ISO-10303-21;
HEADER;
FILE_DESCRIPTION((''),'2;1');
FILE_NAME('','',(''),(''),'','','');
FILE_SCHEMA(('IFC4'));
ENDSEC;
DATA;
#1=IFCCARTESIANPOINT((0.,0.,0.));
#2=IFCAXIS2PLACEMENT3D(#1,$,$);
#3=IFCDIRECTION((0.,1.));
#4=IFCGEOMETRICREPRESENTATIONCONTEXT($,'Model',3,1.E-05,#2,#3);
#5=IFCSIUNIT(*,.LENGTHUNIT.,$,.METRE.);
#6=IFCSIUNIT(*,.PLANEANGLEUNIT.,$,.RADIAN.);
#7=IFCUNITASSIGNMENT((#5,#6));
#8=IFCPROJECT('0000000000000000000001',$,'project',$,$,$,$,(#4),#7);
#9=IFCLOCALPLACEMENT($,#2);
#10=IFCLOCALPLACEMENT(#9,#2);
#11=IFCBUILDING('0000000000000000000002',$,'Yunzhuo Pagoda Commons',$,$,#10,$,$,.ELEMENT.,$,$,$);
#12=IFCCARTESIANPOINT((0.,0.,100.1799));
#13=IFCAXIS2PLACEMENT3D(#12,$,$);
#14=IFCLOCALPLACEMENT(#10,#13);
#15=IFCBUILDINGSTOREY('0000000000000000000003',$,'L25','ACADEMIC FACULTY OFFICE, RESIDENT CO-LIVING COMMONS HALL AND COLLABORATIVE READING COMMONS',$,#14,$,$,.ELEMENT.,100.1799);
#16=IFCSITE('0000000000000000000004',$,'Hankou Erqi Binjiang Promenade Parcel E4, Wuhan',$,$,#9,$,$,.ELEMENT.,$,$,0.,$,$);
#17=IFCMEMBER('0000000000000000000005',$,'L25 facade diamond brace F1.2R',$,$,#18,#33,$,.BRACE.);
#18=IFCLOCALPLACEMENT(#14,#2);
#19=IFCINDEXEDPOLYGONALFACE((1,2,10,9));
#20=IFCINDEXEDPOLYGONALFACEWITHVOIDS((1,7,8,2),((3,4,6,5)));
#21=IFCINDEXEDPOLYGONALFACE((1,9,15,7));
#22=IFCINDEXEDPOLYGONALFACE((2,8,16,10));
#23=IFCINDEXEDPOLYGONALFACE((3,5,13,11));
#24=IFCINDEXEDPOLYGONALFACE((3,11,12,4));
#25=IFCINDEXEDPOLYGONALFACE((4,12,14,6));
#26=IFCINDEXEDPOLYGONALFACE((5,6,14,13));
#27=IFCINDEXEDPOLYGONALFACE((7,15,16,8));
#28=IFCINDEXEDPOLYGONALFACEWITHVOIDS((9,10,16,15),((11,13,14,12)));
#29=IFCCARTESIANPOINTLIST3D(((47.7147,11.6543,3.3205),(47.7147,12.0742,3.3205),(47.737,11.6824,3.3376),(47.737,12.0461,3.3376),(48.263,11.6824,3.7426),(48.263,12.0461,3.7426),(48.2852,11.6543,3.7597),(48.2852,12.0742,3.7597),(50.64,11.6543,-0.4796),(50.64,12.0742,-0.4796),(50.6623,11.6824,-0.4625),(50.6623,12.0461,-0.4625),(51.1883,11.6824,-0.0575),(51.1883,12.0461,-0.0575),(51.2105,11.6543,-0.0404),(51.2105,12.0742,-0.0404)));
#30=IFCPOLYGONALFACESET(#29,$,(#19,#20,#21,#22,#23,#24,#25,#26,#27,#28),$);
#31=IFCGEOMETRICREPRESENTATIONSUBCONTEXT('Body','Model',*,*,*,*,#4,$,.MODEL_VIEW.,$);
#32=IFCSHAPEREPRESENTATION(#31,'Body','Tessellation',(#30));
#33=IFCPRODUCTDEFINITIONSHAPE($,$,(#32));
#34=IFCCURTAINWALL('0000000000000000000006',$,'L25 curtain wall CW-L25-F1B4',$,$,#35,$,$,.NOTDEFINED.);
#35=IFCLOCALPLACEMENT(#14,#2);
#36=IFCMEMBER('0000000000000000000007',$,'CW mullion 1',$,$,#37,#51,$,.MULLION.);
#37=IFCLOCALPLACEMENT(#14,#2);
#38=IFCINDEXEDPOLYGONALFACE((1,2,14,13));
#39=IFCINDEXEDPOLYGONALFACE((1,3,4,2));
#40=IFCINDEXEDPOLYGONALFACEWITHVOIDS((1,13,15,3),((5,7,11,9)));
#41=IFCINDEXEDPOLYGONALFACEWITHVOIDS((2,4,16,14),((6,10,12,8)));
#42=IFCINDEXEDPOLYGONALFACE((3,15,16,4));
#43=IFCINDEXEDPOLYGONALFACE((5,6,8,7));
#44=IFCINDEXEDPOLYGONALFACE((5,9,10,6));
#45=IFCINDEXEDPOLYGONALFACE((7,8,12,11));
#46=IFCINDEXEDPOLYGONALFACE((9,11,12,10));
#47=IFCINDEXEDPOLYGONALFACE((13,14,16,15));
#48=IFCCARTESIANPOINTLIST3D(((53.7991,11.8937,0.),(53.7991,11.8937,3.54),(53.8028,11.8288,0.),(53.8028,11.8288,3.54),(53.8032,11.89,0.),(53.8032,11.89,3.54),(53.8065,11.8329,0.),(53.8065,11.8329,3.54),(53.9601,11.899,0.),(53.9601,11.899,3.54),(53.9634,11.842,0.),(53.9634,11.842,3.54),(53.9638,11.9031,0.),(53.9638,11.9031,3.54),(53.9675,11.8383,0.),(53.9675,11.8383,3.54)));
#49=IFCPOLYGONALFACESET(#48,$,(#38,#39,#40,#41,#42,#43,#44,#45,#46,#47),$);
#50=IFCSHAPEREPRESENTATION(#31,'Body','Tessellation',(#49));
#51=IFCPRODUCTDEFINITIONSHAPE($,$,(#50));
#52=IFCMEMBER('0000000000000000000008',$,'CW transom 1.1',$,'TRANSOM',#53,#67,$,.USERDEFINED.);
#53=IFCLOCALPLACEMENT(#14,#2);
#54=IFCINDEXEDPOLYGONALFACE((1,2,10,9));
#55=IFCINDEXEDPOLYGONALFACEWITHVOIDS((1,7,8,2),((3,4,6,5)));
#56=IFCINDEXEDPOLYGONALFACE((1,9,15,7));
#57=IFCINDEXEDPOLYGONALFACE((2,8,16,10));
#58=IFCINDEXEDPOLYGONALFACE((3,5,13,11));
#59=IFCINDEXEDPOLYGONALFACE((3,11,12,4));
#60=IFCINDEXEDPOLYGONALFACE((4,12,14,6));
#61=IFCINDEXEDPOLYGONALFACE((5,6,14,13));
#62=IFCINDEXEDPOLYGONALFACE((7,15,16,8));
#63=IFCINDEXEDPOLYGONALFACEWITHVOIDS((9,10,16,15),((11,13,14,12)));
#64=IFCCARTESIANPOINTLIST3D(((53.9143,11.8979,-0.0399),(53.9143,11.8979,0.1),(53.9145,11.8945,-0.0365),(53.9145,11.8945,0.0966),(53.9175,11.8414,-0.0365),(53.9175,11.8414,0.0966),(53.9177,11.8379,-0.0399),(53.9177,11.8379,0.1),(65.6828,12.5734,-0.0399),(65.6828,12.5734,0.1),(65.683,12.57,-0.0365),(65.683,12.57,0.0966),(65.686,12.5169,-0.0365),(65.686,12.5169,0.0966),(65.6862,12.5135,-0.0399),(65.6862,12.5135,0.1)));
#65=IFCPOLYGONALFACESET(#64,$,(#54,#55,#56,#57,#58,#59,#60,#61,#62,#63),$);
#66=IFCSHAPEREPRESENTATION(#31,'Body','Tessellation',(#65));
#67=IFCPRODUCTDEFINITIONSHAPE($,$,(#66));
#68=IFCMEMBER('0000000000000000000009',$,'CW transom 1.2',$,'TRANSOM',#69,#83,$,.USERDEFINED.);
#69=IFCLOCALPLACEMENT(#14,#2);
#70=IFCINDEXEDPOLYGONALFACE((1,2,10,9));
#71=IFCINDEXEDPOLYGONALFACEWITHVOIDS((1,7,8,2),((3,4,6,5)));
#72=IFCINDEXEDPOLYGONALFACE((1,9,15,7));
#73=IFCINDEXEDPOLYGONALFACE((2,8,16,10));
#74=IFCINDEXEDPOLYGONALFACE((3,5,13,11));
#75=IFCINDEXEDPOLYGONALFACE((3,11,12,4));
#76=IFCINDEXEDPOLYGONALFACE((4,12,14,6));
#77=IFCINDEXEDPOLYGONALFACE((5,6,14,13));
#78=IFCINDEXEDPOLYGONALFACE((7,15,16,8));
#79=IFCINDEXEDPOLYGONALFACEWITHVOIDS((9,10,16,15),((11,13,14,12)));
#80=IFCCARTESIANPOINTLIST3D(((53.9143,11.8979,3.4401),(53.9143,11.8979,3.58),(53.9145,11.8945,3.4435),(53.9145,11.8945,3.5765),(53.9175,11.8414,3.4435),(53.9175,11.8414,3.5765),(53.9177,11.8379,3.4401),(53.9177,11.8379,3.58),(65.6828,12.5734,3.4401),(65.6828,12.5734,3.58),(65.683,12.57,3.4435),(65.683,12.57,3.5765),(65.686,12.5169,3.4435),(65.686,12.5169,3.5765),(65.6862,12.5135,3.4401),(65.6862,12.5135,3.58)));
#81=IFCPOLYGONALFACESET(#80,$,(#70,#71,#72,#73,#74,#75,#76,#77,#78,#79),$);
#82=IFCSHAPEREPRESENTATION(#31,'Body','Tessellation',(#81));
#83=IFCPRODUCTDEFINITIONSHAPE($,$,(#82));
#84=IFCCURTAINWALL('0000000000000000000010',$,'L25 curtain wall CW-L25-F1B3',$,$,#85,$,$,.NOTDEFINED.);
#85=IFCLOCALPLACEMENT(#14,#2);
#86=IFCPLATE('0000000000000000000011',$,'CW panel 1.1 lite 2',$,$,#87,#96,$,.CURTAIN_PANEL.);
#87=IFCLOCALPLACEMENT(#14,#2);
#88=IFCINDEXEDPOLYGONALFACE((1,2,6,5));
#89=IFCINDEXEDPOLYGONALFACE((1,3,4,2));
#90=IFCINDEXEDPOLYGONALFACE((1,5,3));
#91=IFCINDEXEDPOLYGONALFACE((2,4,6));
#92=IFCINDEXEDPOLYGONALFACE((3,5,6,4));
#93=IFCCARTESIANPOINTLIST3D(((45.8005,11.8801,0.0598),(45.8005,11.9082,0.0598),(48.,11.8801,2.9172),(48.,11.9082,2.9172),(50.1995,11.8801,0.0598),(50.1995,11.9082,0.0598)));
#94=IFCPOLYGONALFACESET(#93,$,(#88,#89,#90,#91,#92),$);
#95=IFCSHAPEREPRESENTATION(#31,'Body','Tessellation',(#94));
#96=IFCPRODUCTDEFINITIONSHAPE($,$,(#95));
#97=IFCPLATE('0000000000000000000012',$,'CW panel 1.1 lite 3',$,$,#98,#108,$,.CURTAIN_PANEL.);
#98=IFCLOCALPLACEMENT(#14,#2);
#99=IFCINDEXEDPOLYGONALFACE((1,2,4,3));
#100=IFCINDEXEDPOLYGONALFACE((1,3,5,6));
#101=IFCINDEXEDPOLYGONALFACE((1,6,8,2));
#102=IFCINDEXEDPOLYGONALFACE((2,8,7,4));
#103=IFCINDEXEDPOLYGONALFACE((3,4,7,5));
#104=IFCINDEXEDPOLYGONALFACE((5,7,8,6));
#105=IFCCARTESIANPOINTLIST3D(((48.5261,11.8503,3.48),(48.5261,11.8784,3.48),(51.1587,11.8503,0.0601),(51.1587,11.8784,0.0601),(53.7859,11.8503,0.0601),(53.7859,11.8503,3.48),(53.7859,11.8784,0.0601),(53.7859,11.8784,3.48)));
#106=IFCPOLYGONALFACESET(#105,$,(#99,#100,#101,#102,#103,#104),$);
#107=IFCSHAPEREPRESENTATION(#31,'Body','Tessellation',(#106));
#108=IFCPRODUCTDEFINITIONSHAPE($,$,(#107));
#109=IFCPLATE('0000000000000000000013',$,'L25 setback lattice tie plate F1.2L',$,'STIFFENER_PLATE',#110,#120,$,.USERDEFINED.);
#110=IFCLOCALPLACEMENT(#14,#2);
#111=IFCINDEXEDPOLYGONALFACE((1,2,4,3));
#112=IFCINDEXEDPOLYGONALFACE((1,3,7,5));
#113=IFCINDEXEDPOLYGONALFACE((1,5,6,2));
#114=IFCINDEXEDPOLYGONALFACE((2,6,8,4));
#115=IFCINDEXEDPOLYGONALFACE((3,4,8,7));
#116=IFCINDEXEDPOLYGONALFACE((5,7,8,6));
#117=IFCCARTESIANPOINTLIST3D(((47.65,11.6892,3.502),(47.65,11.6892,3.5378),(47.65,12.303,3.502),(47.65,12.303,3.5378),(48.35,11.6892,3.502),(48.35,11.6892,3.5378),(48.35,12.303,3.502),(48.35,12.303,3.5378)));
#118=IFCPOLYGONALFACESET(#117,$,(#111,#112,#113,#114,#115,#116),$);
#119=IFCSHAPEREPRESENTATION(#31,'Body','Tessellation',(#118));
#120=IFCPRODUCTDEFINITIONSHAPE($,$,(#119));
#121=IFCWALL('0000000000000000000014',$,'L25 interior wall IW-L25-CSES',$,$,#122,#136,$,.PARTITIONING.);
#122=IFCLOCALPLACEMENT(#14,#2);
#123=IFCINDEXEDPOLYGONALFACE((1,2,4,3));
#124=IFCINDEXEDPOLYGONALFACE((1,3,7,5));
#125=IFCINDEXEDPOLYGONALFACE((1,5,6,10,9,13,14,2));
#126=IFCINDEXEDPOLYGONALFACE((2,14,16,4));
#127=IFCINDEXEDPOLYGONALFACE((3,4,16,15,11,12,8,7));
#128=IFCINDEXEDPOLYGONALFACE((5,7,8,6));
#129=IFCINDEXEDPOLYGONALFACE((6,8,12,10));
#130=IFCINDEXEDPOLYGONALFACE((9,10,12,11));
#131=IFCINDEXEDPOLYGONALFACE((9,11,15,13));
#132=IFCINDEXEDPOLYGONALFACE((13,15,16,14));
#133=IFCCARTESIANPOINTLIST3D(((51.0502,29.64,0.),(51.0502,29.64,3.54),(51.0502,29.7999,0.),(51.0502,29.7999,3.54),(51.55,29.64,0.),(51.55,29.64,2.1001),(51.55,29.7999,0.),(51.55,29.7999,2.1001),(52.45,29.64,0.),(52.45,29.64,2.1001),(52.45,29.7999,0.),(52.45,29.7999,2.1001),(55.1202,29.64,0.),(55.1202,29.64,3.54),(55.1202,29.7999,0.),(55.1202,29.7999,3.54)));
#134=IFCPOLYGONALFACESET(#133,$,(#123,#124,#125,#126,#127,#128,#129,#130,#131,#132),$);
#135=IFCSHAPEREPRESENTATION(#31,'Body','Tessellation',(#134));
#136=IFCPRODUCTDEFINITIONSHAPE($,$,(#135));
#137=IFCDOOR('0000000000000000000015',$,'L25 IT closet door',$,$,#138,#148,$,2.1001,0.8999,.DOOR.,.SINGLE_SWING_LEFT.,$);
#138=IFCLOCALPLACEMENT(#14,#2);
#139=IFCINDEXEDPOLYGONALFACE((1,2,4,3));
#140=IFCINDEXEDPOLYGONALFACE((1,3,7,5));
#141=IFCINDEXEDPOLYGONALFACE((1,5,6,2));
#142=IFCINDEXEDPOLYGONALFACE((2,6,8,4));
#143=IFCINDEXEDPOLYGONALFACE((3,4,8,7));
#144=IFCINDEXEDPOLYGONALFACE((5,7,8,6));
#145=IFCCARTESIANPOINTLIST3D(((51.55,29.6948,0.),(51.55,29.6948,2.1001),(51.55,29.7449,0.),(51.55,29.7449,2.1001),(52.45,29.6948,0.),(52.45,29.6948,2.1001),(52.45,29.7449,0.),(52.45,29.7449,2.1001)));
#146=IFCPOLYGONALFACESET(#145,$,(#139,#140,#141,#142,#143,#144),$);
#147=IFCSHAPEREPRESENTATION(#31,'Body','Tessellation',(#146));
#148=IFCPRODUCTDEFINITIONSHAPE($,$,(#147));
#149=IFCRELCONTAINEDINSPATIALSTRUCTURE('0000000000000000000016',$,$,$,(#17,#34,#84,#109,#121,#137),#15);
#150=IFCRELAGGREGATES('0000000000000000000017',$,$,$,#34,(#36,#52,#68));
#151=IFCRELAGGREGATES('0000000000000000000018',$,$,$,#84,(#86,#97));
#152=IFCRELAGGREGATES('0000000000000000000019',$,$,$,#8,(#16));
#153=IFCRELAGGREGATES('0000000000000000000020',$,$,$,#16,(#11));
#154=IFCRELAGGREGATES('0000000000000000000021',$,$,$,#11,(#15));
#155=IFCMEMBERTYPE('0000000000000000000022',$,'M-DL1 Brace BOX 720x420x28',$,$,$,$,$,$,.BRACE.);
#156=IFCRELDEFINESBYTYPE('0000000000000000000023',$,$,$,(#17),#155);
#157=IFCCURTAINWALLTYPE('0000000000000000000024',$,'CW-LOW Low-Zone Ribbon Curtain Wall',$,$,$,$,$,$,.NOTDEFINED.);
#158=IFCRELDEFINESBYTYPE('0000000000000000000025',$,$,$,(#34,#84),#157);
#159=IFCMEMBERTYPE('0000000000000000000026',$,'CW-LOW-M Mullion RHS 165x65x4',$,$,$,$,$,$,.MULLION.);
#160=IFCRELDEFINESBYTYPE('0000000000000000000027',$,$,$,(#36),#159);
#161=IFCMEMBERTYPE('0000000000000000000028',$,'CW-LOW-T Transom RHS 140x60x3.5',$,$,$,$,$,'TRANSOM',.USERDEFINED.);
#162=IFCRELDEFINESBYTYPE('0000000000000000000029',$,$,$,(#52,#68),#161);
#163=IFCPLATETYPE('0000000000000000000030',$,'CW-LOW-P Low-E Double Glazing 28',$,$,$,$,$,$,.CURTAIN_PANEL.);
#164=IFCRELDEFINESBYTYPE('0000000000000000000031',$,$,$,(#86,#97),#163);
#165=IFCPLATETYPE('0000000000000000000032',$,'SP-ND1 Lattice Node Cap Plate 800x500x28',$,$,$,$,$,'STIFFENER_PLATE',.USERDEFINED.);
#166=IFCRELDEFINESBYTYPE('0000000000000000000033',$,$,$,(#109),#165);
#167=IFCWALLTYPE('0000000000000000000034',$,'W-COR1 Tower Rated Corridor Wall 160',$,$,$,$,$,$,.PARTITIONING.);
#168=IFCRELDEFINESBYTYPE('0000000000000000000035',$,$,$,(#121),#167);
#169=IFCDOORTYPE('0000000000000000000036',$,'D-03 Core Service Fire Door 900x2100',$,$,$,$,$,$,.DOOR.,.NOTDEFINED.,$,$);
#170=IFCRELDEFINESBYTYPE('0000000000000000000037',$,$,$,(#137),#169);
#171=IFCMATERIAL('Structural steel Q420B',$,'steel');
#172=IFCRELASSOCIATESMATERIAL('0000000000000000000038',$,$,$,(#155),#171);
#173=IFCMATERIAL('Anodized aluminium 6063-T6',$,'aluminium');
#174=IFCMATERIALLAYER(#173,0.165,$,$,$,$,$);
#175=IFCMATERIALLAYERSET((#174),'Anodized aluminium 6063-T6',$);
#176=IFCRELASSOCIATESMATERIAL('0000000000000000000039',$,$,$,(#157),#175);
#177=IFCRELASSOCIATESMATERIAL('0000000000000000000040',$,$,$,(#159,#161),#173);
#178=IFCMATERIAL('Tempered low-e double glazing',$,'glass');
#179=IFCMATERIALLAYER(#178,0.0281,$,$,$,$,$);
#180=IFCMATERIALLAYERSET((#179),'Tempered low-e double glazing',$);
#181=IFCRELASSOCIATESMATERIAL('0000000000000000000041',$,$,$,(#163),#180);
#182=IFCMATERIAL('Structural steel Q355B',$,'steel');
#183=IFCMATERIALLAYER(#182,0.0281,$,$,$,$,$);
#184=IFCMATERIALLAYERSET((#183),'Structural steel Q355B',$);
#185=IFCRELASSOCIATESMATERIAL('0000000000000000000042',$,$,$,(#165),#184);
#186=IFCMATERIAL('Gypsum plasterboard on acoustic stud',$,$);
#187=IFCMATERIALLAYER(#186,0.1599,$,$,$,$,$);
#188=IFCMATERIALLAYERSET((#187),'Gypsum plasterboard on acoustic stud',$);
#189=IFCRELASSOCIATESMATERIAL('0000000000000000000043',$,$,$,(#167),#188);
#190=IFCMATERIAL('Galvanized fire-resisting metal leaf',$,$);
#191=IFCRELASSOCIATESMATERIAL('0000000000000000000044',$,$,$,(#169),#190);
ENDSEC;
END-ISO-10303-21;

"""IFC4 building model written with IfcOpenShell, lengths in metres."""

from ifc_helpers import new_model, si_unit, direction, frame, frame_2d, origin, origin_with_axes, origin_2d, place, context, subcontext, project, spatial, polyline, rectangle, hollow_rectangle, outline, extrude, source, transform, mapped, material, layer, layer_set, material_profile, profile_set, type_object, element, fill, aggregate, save


model = new_model("IFC4")

# Units and contexts
model_context = context("Model", 3, precision=1e-05, world=origin(), true_north=direction((0.0, 1.0)))
body_context = subcontext(model_context, "Body", "Model", "MODEL_VIEW")
ifc_project = project(units=[si_unit("LENGTHUNIT", "METRE"), si_unit("PLANEANGLEUNIT", "RADIAN")], contexts=[model_context])

# Site, building, storey
site_placement = place(None, origin())
site = spatial("IfcSite", under=ifc_project, at=site_placement, Name="Hankou Erqi Binjiang Promenade Parcel E4, Wuhan", CompositionType="ELEMENT", RefElevation=0.0)
building_placement = place(site_placement, origin())
building = spatial("IfcBuilding", under=site, at=building_placement, Name="Yunzhuo Pagoda Commons", CompositionType="ELEMENT")
storey_placement = place(building_placement, frame((0.0, 0.0, 100.1799)))
storey = spatial("IfcBuildingStorey", under=building, at=storey_placement, Name="L25", Description="ACADEMIC FACULTY OFFICE, RESIDENT CO-LIVING COMMONS HALL AND COLLABORATIVE READING COMMONS", CompositionType="ELEMENT", Elevation=100.1799)

# Shared definitions
ifc_material_1 = material(Name="Structural steel Q420B", Category="steel")

# Shared definitions
ifc_material_2 = material(Name="Structural steel Q355B", Category="steel")

# Member
ifc_material_profile_1 = material_profile(ifc_material_1, hollow_rectangle(XDim=0.4199, YDim=0.72, WallThickness=0.0281, at=origin_2d()), Name="Structural steel Q420B")
ifc_profile_set_1 = profile_set([ifc_material_profile_1], Name="Structural steel Q420B")
member_type_1 = type_object("IfcMemberType", Name="M-DL1 Brace BOX 720x420x28", PredefinedType="BRACE", material=ifc_profile_set_1)
shared_shape_1 = source(origin(), body_context, "Body", "SweptSolid", [
    extrude(hollow_rectangle(XDim=0.4199, YDim=0.72, WallThickness=0.0281, at=origin_2d()), origin(), (0.0, 0.0, 1.0), 4.7957),
])
member_1_placement = place(storey_placement, frame((50.9253, 11.8643, -0.26), z_axis=(-0.609996, 0.0, 0.792404), x_axis=(0.0, -1.0, 0.0)))
element("IfcMember", 1, at=member_1_placement, inside=storey, type_object=member_type_1, Name="L25 facade diamond brace F1.2R", PredefinedType="BRACE", context=body_context, shape_type="MappedRepresentation", body=[
    mapped(shared_shape_1, transform((0.0, 0.0, 0.0), scale=1.0)),
])

# Curtain wall, members
ifc_material_3 = material(Name="Anodized aluminium 6063-T6", Category="aluminium")
ifc_layer_1 = layer(ifc_material_3, 0.165)
ifc_layer_set_1 = layer_set([ifc_layer_1], Name="Anodized aluminium 6063-T6")
curtain_wall_type = type_object("IfcCurtainWallType", Name="CW-LOW Low-Zone Ribbon Curtain Wall", PredefinedType="NOTDEFINED", material=ifc_layer_set_1)
curtain_wall_1_placement = place(storey_placement, origin())
curtain_wall_1 = element("IfcCurtainWall", 2, at=curtain_wall_1_placement, inside=storey, type_object=curtain_wall_type, Name="L25 curtain wall CW-L25-F1B4", PredefinedType="NOTDEFINED")
ifc_material_profile_2 = material_profile(ifc_material_3, hollow_rectangle(XDim=0.0649, YDim=0.165, WallThickness=0.0039, at=origin_2d()), Name="Anodized aluminium 6063-T6")
ifc_profile_set_2 = profile_set([ifc_material_profile_2], Name="Anodized aluminium 6063-T6")
member_type_2 = type_object("IfcMemberType", Name="CW-LOW-M Mullion RHS 165x65x4", PredefinedType="MULLION", material=ifc_profile_set_2)
shared_shape_2 = source(origin(), body_context, "Body", "SweptSolid", [
    extrude(hollow_rectangle(XDim=0.0649, YDim=0.165, WallThickness=0.0039, at=origin_2d()), origin(), (0.0, 0.0, 1.0), 3.54),
])
member_2_placement = place(storey_placement, frame((53.8833, 11.866, 0.0), z_axis=(0.0, 0.0, 1.0), x_axis=(-0.057299, 0.998357, 0.0)))
member_2 = element("IfcMember", 3, at=member_2_placement, type_object=member_type_2, Name="CW mullion 1", PredefinedType="MULLION", context=body_context, shape_type="MappedRepresentation", body=[
    mapped(shared_shape_2, transform((0.0, 0.0, 0.0), scale=1.0)),
])
ifc_material_profile_3 = material_profile(ifc_material_3, hollow_rectangle(XDim=0.0601, YDim=0.1399, WallThickness=0.0034, at=origin_2d()), Name="Anodized aluminium 6063-T6")
ifc_profile_set_3 = profile_set([ifc_material_profile_3], Name="Anodized aluminium 6063-T6")
member_type_3 = type_object("IfcMemberType", Name="CW-LOW-T Transom RHS 140x60x3.5", ElementType="TRANSOM", PredefinedType="USERDEFINED", material=ifc_profile_set_3)
shared_shape_3 = source(origin(), body_context, "Body", "SweptSolid", [
    extrude(hollow_rectangle(XDim=0.0601, YDim=0.1399, WallThickness=0.0034, at=origin_2d()), origin(), (0.0, 0.0, 1.0), 11.7878),
])
member_3_placement = place(storey_placement, frame((53.916, 11.8679, 0.03), z_axis=(0.998357, 0.057308, 0.0), x_axis=(-0.057308, 0.998357, 0.0)))
member_3 = element("IfcMember", 4, at=member_3_placement, type_object=member_type_3, Name="CW transom 1.1", ObjectType="TRANSOM", PredefinedType="USERDEFINED", context=body_context, shape_type="MappedRepresentation", body=[
    mapped(shared_shape_3, transform((0.0, 0.0, 0.0), scale=1.0)),
])
member_4_placement = place(storey_placement, frame((53.916, 11.8679, 3.51), z_axis=(0.998357, 0.057308, 0.0), x_axis=(-0.057308, 0.998357, 0.0)))
member_4 = element("IfcMember", 5, at=member_4_placement, type_object=member_type_3, Name="CW transom 1.2", ObjectType="TRANSOM", PredefinedType="USERDEFINED", context=body_context, shape_type="MappedRepresentation", body=[
    mapped(shared_shape_3, transform((0.0, 0.0, 0.0), scale=1.0)),
])
aggregate(curtain_wall_1, [member_2, member_3, member_4])

# Curtain wall, plates
curtain_wall_2_placement = place(storey_placement, origin())
curtain_wall_2 = element("IfcCurtainWall", 6, at=curtain_wall_2_placement, inside=storey, type_object=curtain_wall_type, Name="L25 curtain wall CW-L25-F1B3", PredefinedType="NOTDEFINED")
ifc_material_4 = material(Name="Tempered low-e double glazing", Category="glass")
ifc_layer_2 = layer(ifc_material_4, 0.0281)
ifc_layer_set_2 = layer_set([ifc_layer_2], Name="Tempered low-e double glazing")
plate_type_1 = type_object("IfcPlateType", Name="CW-LOW-P Low-E Double Glazing 28", PredefinedType="CURTAIN_PANEL", material=ifc_layer_set_2)
plate_1_placement = place(storey_placement, frame((48.0, 11.9082, 1.4885), z_axis=(0.0, -1.0, 0.0), x_axis=(1.0, 0.0, 0.0)))
plate_1 = element("IfcPlate", 7, at=plate_1_placement, type_object=plate_type_1, Name="CW panel 1.1 lite 2", PredefinedType="CURTAIN_PANEL", context=body_context, shape_type="SweptSolid", body=[
    extrude(outline(polyline([(-2.1995, -1.4287), (2.1995, -1.4287), (0.0, 1.4287), (-2.1995, -1.4287)])), origin(), (0.0, 0.0, 1.0), 0.0281),
])
plate_2_placement = place(storey_placement, frame((51.156, 11.8784, 1.77), z_axis=(0.0, -1.0, 0.0), x_axis=(1.0, 0.0, 0.0)))
plate_2 = element("IfcPlate", 8, at=plate_2_placement, type_object=plate_type_1, Name="CW panel 1.1 lite 3", PredefinedType="CURTAIN_PANEL", context=body_context, shape_type="SweptSolid", body=[
    extrude(outline(polyline([(-2.6299, 1.71), (0.0027, -1.71), (2.6299, -1.71), (2.6299, 1.71), (-2.6299, 1.71)])), origin(), (0.0, 0.0, 1.0), 0.0281),
])
aggregate(curtain_wall_2, [plate_1, plate_2])

# Plate
ifc_layer_3 = layer(ifc_material_2, 0.0281)
ifc_layer_set_3 = layer_set([ifc_layer_3], Name="Structural steel Q355B")
plate_type_2 = type_object("IfcPlateType", Name="SP-ND1 Lattice Node Cap Plate 800x500x28", ElementType="STIFFENER_PLATE", PredefinedType="USERDEFINED", material=ifc_layer_set_3)
shared_shape_4 = source(origin(), body_context, "Body", "SweptSolid", [
    extrude(rectangle(XDim=0.7, YDim=0.6138, at=origin_2d()), origin(), (0.0, 0.0, 1.0), 0.0359),
])
plate_3_placement = place(storey_placement, frame((48.0, 11.9961, 3.502), z_axis=(0.0, 0.0, 1.0), x_axis=(1.0, 0.0, 0.0)))
element("IfcPlate", 9, at=plate_3_placement, inside=storey, type_object=plate_type_2, Name="L25 setback lattice tie plate F1.2L", ObjectType="STIFFENER_PLATE", PredefinedType="USERDEFINED", context=body_context, shape_type="MappedRepresentation", body=[
    mapped(shared_shape_4, transform((0.0, 0.0, 0.0), scale=1.0)),
])

# Wall, opening, door
ifc_material_5 = material(Name="Gypsum plasterboard on acoustic stud")
ifc_layer_4 = layer(ifc_material_5, 0.1599)
ifc_layer_set_4 = layer_set([ifc_layer_4], Name="Gypsum plasterboard on acoustic stud")
wall_type_1 = type_object("IfcWallType", Name="W-COR1 Tower Rated Corridor Wall 160", PredefinedType="PARTITIONING", material=ifc_layer_set_4)
wall_1_placement = place(storey_placement, frame((51.05, 29.72, 0.0), z_axis=(0.0, 0.0, 1.0), x_axis=(1.0, 0.0, 0.0)))
wall_1 = element("IfcWall", 10, at=wall_1_placement, inside=storey, type_object=wall_type_1, Name="L25 interior wall IW-L25-CSES", PredefinedType="PARTITIONING", context=body_context, shape_type="SweptSolid", body=[
    extrude(rectangle(XDim=4.0701, YDim=0.1599, at=frame_2d((2.0352, 0.0))), origin(), (0.0, 0.0, 1.0), 3.54),
])
opening_1_placement = place(wall_1_placement, frame((0.5, 0.0, 0.0)))
opening_1 = element("IfcOpeningElement", 11, at=opening_1_placement, cuts=wall_1, PredefinedType="OPENING", context=body_context, shape_type="SweptSolid", body=[
    extrude(rectangle(XDim=0.8999, YDim=2.1001, at=frame_2d((0.45, 1.05))), frame((0.0, 0.0898, 0.0), z_axis=(0.0, -1.0, 0.0), x_axis=(1.0, 0.0, 0.0)), (0.0, 0.0, 1.0), 0.1799),
])
ifc_material_6 = material(Name="Galvanized fire-resisting metal leaf")
door_type_1 = type_object("IfcDoorType", Name="D-03 Core Service Fire Door 900x2100", OperationType="NOTDEFINED", PredefinedType="DOOR", material=ifc_material_6)
shared_shape_5 = source(origin(), body_context, "Body", "SweptSolid", [
    extrude(rectangle(XDim=0.8999, YDim=2.1001, at=frame_2d((0.45, 1.05))), frame((0.0, 0.0249, 0.0), z_axis=(0.0, -1.0, 0.0), x_axis=(1.0, 0.0, 0.0)), (0.0, 0.0, 1.0), 0.05),
])
door_1_placement = place(opening_1_placement, origin_with_axes())
door_1 = element("IfcDoor", 12, at=door_1_placement, inside=storey, type_object=door_type_1, Name="L25 IT closet door", OperationType="SINGLE_SWING_LEFT", OverallHeight=2.1001, OverallWidth=0.8999, PredefinedType="DOOR", context=body_context, shape_type="MappedRepresentation", body=[
    mapped(shared_shape_5, transform((0.0, 0.0, 0.0), scale=1.0)),
])
fill(opening_1, door_1)

save(model, "model.ifc")
